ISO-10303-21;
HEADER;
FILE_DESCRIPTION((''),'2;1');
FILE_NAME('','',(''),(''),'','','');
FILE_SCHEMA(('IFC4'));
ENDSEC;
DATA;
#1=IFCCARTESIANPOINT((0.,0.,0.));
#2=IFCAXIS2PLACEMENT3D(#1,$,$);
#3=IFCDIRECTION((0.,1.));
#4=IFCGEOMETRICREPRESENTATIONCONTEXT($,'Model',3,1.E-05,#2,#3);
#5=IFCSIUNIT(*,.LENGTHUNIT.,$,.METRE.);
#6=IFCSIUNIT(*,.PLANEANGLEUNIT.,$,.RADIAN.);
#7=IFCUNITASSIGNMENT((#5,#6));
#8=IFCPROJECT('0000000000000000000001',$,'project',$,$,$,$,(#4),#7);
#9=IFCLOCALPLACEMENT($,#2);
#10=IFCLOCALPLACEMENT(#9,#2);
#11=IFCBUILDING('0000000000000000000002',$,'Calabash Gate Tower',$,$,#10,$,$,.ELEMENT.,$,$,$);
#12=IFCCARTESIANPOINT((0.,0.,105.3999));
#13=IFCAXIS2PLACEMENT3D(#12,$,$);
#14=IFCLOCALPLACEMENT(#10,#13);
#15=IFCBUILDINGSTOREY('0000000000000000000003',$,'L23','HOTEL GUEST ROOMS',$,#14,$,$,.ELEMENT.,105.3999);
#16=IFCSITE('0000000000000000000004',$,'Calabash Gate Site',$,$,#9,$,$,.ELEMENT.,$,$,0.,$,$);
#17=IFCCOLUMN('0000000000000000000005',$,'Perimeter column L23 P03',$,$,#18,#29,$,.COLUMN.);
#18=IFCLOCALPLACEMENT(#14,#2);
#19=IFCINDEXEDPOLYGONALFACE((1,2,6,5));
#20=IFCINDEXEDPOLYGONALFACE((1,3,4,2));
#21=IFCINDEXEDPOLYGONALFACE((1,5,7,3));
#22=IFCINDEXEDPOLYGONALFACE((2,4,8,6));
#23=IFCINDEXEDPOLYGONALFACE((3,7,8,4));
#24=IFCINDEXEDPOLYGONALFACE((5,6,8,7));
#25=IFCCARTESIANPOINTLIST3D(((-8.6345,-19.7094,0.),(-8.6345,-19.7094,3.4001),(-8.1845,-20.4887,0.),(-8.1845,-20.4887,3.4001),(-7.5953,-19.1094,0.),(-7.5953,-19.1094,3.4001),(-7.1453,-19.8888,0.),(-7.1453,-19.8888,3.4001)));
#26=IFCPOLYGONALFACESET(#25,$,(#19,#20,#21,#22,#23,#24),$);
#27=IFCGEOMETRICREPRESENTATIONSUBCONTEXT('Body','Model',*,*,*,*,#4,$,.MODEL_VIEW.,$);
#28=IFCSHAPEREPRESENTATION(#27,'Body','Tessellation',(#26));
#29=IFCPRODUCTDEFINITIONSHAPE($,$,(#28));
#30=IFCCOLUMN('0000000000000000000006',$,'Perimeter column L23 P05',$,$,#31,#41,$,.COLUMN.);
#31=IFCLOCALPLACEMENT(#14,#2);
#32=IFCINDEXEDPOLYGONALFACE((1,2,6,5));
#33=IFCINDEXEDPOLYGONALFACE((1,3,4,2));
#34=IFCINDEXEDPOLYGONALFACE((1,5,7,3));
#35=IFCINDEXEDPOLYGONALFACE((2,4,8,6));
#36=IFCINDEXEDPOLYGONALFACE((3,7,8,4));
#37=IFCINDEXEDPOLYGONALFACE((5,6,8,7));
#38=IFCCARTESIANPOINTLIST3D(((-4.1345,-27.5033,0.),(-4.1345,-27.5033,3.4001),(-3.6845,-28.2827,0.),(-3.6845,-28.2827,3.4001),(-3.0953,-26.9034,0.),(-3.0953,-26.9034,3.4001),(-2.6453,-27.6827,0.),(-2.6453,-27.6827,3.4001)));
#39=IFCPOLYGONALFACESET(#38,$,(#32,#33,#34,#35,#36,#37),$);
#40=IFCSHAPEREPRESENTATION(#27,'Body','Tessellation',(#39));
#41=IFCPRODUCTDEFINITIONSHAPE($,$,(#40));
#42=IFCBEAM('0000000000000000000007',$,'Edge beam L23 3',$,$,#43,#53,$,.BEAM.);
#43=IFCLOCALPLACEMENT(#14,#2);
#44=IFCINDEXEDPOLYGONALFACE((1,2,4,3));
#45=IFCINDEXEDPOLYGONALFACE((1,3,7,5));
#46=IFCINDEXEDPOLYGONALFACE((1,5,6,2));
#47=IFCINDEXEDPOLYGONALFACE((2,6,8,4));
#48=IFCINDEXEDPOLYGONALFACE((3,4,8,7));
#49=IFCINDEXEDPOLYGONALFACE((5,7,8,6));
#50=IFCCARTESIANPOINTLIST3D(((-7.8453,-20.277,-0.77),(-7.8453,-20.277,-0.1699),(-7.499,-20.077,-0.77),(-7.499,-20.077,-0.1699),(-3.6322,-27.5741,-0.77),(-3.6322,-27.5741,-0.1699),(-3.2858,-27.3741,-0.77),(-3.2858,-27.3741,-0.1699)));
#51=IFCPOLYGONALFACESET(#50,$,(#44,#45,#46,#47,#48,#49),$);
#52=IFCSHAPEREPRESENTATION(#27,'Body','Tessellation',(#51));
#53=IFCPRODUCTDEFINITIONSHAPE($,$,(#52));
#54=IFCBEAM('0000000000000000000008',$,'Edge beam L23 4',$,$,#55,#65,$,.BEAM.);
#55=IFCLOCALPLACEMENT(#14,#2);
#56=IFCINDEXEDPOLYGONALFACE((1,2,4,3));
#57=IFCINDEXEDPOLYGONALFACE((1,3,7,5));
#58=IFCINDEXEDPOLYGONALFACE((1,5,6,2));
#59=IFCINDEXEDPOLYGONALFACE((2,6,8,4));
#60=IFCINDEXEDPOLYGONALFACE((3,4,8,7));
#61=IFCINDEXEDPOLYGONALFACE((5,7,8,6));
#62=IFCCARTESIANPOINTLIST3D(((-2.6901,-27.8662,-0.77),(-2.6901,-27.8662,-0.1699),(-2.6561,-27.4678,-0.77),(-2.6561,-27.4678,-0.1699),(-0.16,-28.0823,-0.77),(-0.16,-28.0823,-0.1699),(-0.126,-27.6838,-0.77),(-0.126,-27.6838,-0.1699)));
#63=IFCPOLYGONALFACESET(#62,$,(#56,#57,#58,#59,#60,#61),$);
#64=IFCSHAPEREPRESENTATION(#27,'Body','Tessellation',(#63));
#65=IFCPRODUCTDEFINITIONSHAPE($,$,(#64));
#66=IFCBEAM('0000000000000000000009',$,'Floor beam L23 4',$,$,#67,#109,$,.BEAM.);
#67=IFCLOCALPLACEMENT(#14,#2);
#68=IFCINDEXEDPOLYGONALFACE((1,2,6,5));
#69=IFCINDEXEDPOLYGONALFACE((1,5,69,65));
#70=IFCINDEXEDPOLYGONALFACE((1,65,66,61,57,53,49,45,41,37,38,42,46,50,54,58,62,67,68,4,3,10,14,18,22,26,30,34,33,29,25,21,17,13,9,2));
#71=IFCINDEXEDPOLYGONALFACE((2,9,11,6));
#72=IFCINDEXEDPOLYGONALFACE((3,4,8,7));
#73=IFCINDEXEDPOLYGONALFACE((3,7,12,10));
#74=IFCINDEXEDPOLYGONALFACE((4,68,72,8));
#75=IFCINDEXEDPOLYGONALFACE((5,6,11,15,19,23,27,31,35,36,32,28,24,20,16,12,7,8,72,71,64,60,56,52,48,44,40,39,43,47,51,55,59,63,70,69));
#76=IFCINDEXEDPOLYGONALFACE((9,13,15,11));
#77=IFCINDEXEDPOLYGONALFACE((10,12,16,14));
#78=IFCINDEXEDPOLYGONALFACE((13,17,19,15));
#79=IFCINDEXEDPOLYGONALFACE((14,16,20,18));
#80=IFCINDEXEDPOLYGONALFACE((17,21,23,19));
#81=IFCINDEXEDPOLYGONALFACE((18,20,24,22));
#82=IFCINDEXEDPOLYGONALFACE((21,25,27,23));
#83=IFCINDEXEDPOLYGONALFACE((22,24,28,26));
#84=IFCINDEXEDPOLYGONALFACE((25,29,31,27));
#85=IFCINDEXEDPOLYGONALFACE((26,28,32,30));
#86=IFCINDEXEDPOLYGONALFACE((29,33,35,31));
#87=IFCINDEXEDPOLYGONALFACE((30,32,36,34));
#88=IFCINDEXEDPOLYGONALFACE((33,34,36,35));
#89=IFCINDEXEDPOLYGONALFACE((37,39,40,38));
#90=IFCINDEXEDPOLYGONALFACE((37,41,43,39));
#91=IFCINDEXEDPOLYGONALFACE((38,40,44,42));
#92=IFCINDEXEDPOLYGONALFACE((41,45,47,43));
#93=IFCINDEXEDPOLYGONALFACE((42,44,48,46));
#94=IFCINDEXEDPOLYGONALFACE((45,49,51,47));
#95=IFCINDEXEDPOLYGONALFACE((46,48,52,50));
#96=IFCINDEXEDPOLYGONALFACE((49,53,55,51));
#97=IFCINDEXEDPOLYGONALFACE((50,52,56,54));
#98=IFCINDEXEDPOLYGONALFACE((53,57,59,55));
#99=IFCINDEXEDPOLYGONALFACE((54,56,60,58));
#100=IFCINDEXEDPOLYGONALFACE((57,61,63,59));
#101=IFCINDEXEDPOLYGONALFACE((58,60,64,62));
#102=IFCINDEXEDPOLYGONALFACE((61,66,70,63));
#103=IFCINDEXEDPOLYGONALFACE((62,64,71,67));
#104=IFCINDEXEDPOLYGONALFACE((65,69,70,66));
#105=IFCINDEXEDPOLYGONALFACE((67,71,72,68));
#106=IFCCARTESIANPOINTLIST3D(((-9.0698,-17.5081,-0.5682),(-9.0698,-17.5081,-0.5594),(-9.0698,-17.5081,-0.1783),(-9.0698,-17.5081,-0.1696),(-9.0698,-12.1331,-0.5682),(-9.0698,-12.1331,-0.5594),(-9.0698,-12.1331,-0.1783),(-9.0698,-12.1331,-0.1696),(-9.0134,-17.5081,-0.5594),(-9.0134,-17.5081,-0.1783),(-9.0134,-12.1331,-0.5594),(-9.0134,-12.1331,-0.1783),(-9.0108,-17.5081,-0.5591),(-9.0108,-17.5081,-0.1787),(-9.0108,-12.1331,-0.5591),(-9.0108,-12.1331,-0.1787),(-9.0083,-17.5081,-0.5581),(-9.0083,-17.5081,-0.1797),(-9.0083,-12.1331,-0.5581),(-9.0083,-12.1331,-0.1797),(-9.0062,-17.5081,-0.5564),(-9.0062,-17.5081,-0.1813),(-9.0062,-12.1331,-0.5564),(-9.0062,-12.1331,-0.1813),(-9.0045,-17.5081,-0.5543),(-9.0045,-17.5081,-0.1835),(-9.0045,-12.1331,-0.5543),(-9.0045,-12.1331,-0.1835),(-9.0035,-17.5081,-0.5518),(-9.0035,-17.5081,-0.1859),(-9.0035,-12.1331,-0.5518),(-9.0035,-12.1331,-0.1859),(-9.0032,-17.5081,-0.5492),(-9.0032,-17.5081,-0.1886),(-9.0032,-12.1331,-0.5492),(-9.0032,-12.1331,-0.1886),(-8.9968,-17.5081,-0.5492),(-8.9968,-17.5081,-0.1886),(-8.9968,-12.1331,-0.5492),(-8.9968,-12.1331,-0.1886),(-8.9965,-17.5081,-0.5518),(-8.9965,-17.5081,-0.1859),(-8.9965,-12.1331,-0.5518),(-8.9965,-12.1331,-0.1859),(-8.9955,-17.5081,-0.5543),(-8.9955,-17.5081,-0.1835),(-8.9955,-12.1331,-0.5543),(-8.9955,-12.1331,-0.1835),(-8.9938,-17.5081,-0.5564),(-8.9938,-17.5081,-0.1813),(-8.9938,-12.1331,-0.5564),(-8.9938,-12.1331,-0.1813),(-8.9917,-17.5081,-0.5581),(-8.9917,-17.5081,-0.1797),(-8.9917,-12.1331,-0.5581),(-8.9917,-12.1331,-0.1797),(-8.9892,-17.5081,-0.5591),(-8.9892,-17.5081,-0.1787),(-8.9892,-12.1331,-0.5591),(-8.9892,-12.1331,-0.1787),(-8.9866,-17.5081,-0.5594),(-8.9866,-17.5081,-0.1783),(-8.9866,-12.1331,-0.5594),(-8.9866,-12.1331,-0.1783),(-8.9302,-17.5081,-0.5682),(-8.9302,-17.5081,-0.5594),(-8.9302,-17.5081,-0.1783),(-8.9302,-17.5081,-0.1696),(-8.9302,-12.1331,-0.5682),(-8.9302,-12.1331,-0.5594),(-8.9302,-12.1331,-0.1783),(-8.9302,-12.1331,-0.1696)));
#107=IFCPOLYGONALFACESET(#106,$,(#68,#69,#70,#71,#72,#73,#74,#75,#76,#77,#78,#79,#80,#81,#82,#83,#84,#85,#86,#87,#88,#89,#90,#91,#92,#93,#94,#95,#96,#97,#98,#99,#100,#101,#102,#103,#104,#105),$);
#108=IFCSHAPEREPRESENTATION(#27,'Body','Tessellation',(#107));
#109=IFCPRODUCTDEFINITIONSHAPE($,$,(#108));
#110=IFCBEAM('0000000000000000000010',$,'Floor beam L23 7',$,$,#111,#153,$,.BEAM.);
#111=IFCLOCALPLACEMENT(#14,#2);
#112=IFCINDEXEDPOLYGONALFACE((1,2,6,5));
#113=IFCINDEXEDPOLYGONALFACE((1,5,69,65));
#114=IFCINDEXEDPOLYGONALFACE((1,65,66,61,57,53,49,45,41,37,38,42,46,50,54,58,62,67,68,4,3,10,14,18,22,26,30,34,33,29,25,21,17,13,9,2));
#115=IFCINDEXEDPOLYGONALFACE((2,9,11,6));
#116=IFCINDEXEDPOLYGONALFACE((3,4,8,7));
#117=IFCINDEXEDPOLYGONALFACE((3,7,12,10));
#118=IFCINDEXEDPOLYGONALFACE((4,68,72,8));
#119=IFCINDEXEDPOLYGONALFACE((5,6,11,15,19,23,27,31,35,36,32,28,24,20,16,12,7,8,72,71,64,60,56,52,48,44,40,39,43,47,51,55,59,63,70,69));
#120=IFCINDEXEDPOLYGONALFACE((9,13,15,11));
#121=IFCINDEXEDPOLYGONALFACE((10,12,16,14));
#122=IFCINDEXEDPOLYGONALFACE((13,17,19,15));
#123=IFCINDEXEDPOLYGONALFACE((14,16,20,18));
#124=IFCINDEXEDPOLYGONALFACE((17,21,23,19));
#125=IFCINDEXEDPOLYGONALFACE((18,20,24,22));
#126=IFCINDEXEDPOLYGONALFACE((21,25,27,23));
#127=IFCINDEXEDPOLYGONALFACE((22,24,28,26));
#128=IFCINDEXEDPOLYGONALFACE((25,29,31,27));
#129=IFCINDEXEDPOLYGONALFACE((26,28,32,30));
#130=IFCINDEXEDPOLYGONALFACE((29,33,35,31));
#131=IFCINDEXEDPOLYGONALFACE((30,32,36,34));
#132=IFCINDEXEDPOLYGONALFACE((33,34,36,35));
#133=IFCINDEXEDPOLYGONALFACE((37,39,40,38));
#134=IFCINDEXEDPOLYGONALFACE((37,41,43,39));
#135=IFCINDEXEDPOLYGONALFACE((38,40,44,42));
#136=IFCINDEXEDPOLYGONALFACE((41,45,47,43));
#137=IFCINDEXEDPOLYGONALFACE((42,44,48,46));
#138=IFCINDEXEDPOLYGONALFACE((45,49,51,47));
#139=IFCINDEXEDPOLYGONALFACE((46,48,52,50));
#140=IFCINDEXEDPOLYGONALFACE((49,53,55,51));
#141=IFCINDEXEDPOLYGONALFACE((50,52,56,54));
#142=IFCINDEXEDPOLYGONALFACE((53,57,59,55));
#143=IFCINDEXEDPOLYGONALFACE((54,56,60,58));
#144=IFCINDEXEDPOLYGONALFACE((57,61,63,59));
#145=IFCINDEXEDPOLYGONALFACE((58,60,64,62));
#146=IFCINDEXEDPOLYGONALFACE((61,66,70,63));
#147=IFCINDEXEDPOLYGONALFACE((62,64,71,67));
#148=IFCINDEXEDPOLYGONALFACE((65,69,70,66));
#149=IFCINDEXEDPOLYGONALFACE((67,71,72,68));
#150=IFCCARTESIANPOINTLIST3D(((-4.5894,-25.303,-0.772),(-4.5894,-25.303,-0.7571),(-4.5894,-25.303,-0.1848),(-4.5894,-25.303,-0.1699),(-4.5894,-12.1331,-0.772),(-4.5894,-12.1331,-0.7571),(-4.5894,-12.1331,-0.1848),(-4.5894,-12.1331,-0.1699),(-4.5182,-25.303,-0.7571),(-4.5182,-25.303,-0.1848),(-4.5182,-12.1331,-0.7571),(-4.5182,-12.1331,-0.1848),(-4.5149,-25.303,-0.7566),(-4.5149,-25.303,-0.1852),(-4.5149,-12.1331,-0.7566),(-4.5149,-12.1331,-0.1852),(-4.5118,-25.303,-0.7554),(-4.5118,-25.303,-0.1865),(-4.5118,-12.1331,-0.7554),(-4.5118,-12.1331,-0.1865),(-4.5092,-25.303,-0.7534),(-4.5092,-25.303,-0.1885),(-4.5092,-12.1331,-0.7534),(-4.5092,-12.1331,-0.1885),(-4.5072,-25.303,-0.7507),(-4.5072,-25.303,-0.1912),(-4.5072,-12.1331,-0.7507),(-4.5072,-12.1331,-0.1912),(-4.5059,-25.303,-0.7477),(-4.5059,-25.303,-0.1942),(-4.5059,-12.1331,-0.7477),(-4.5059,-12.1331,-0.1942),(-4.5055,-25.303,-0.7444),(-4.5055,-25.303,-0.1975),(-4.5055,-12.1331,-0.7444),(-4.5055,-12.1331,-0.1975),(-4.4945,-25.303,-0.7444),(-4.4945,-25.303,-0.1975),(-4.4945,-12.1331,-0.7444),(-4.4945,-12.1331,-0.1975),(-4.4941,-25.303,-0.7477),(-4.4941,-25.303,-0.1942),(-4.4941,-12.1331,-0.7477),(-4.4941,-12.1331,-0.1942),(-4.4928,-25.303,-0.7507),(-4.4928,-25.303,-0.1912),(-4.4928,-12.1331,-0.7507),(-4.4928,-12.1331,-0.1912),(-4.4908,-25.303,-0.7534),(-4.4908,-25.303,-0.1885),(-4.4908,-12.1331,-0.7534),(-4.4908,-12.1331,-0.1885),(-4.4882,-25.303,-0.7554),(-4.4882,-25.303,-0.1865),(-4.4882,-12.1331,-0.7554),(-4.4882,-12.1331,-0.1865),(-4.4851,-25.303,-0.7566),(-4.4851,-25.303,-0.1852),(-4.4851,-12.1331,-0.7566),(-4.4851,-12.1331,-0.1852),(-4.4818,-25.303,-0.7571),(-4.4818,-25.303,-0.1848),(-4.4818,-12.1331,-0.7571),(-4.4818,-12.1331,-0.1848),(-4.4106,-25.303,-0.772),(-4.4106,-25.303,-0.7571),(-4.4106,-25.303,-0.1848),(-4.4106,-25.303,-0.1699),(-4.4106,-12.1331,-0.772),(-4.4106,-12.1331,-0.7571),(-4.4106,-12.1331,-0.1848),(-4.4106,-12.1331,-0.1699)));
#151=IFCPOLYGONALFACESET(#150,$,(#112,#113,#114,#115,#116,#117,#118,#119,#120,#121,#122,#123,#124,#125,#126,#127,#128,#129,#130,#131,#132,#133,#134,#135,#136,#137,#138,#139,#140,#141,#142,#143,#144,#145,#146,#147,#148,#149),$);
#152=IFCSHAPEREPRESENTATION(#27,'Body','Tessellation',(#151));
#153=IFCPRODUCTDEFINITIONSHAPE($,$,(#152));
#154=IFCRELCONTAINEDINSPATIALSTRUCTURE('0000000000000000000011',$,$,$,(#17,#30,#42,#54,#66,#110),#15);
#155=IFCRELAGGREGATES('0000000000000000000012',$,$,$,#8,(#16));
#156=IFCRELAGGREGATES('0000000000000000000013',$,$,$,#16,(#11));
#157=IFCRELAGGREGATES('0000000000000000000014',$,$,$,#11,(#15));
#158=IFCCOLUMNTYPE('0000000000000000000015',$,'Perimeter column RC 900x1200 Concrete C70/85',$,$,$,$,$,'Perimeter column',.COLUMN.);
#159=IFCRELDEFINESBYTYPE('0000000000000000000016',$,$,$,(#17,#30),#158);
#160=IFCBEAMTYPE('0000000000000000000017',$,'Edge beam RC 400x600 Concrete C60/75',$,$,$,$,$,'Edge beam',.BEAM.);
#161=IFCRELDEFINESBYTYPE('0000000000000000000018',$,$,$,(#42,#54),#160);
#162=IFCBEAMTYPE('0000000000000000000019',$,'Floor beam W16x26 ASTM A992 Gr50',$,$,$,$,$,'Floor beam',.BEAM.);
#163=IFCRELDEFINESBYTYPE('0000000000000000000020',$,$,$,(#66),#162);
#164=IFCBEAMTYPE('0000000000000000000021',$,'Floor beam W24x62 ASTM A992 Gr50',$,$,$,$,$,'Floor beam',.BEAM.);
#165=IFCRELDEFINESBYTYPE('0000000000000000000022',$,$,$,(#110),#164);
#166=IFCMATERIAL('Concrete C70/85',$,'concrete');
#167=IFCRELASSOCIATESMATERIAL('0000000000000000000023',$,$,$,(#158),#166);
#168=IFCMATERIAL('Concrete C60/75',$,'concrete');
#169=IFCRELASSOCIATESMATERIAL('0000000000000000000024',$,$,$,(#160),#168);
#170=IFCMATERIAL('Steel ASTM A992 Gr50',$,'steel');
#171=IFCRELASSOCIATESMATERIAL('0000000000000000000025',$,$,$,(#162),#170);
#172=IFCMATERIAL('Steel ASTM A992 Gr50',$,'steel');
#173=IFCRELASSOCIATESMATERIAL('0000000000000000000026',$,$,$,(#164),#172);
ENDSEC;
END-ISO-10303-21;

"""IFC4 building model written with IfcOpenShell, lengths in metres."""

from ifc_helpers import new_model, si_unit, direction, frame, origin, origin_2d, place, context, subcontext, project, spatial, rectangle, i_section, extrude, material, material_profile, profile_set, type_object, element, save


model = new_model("IFC4")

# Units and contexts
model_context = context("Model", 3, precision=1e-05, world=origin(), true_north=direction((0.0, 1.0)))
body_context = subcontext(model_context, "Body", "Model", "MODEL_VIEW")
ifc_project = project(units=[si_unit("LENGTHUNIT", "METRE"), si_unit("PLANEANGLEUNIT", "RADIAN")], contexts=[model_context])

# Site, building, storey
site_placement = place(None, origin())
site = spatial("IfcSite", under=ifc_project, at=site_placement, Name="Calabash Gate Site", CompositionType="ELEMENT", RefElevation=0.0)
building_placement = place(site_placement, origin())
building = spatial("IfcBuilding", under=site, at=building_placement, Name="Calabash Gate Tower", CompositionType="ELEMENT")
storey_placement = place(building_placement, frame((0.0, 0.0, 105.3999)))
storey = spatial("IfcBuildingStorey", under=building, at=storey_placement, Name="L23", Description="HOTEL GUEST ROOMS", CompositionType="ELEMENT", Elevation=105.3999)

# Columns
ifc_material_1 = material(Name="Concrete C70/85", Category="concrete")
ifc_material_profile_1 = material_profile(ifc_material_1, rectangle(XDim=0.8999, YDim=1.2, at=origin_2d()))
ifc_profile_set_1 = profile_set([ifc_material_profile_1], Name="Concrete C70/85")
column_type = type_object("IfcColumnType", Name="Perimeter column RC 900x1200 Concrete C70/85", ElementType="Perimeter column", PredefinedType="COLUMN", material=ifc_profile_set_1)
for number, where, z_axis, x_axis, name in (
    (1, (-7.8899, -19.7991, 0.0), (0.0, 0.0, 1.0), (0.5, -0.866025, 0.0), "Perimeter column L23 P03"),
    (2, (-3.3899, -27.593, 0.0), (0.0, 0.0, 1.0), (0.5, -0.866025, 0.0), "Perimeter column L23 P05"),
):
    element("IfcColumn", number, at=place(storey_placement, frame(where, z_axis=z_axis, x_axis=x_axis)), inside=storey, type_object=column_type, Name=name, PredefinedType="COLUMN", context=body_context, shape_type="SweptSolid", body=[
        extrude(rectangle(XDim=0.8999, YDim=1.2, at=origin_2d()), origin(), (0.0, 0.0, 1.0), 3.4001),
    ])

# Beams
ifc_material_2 = material(Name="Concrete C60/75", Category="concrete")
ifc_material_profile_2 = material_profile(ifc_material_2, rectangle(XDim=0.3999, YDim=0.6001, at=origin_2d()))
ifc_profile_set_2 = profile_set([ifc_material_profile_2], Name="Concrete C60/75")
beam_type_1 = type_object("IfcBeamType", Name="Edge beam RC 400x600 Concrete C60/75", ElementType="Edge beam", PredefinedType="BEAM", material=ifc_profile_set_2)
beam_1_placement = place(storey_placement, frame((-7.6721, -20.177, -0.47), z_axis=(0.500013, -0.866018, 0.0), x_axis=(0.866018, 0.500013, 0.0)))
element("IfcBeam", 3, at=beam_1_placement, inside=storey, type_object=beam_type_1, Name="Edge beam L23 3", PredefinedType="BEAM", context=body_context, shape_type="SweptSolid", body=[
    extrude(rectangle(XDim=0.3999, YDim=0.6001, at=origin_2d()), origin(), (0.0, 0.0, 1.0), 8.426),
])
beam_2_placement = place(storey_placement, frame((-2.6731, -27.667, -0.47), z_axis=(0.996373, -0.08509, 0.0), x_axis=(0.08509, 0.996373, 0.0)))
element("IfcBeam", 4, at=beam_2_placement, inside=storey, type_object=beam_type_1, Name="Edge beam L23 4", PredefinedType="BEAM", context=body_context, shape_type="SweptSolid", body=[
    extrude(rectangle(XDim=0.3999, YDim=0.6001, at=origin_2d()), origin(), (0.0, 0.0, 1.0), 2.5393),
])
ifc_material_3 = material(Name="Steel ASTM A992 Gr50", Category="steel")
ifc_material_profile_3 = material_profile(ifc_material_3, i_section(OverallWidth=0.1396, OverallDepth=0.3987, WebThickness=0.0063, FlangeThickness=0.0088, FilletRadius=0.0103, at=origin_2d()))
ifc_profile_set_3 = profile_set([ifc_material_profile_3], Name="Steel ASTM A992 Gr50")
beam_type_2 = type_object("IfcBeamType", Name="Floor beam W16x26 ASTM A992 Gr50", ElementType="Floor beam", PredefinedType="BEAM", material=ifc_profile_set_3)
beam_3_placement = place(storey_placement, frame((-9.0, -17.5081, -0.3689), z_axis=(0.0, 1.0, 0.0), x_axis=(-1.0, 0.0, 0.0)))
element("IfcBeam", 5, at=beam_3_placement, inside=storey, type_object=beam_type_2, Name="Floor beam L23 4", PredefinedType="BEAM", context=body_context, shape_type="SweptSolid", body=[
    extrude(i_section(OverallWidth=0.1396, OverallDepth=0.3987, WebThickness=0.0063, FlangeThickness=0.0088, FilletRadius=0.0103, at=origin_2d()), origin(), (0.0, 0.0, 1.0), 5.375),
])
ifc_material_4 = material(Name="Steel ASTM A992 Gr50", Category="steel")
ifc_material_profile_4 = material_profile(ifc_material_4, i_section(OverallWidth=0.1787, OverallDepth=0.6021, WebThickness=0.011, FlangeThickness=0.0149, FilletRadius=0.0127, at=origin_2d()))
ifc_profile_set_4 = profile_set([ifc_material_profile_4], Name="Steel ASTM A992 Gr50")
beam_type_3 = type_object("IfcBeamType", Name="Floor beam W24x62 ASTM A992 Gr50", ElementType="Floor beam", PredefinedType="BEAM", material=ifc_profile_set_4)
beam_4_placement = place(storey_placement, frame((-4.5, -25.303, -0.4709), z_axis=(0.0, 1.0, 0.0), x_axis=(-1.0, 0.0, 0.0)))
element("IfcBeam", 6, at=beam_4_placement, inside=storey, type_object=beam_type_3, Name="Floor beam L23 7", PredefinedType="BEAM", context=body_context, shape_type="SweptSolid", body=[
    extrude(i_section(OverallWidth=0.1787, OverallDepth=0.6021, WebThickness=0.011, FlangeThickness=0.0149, FilletRadius=0.0127, at=origin_2d()), origin(), (0.0, 0.0, 1.0), 13.1699),
])

save(model, "model.ifc")
